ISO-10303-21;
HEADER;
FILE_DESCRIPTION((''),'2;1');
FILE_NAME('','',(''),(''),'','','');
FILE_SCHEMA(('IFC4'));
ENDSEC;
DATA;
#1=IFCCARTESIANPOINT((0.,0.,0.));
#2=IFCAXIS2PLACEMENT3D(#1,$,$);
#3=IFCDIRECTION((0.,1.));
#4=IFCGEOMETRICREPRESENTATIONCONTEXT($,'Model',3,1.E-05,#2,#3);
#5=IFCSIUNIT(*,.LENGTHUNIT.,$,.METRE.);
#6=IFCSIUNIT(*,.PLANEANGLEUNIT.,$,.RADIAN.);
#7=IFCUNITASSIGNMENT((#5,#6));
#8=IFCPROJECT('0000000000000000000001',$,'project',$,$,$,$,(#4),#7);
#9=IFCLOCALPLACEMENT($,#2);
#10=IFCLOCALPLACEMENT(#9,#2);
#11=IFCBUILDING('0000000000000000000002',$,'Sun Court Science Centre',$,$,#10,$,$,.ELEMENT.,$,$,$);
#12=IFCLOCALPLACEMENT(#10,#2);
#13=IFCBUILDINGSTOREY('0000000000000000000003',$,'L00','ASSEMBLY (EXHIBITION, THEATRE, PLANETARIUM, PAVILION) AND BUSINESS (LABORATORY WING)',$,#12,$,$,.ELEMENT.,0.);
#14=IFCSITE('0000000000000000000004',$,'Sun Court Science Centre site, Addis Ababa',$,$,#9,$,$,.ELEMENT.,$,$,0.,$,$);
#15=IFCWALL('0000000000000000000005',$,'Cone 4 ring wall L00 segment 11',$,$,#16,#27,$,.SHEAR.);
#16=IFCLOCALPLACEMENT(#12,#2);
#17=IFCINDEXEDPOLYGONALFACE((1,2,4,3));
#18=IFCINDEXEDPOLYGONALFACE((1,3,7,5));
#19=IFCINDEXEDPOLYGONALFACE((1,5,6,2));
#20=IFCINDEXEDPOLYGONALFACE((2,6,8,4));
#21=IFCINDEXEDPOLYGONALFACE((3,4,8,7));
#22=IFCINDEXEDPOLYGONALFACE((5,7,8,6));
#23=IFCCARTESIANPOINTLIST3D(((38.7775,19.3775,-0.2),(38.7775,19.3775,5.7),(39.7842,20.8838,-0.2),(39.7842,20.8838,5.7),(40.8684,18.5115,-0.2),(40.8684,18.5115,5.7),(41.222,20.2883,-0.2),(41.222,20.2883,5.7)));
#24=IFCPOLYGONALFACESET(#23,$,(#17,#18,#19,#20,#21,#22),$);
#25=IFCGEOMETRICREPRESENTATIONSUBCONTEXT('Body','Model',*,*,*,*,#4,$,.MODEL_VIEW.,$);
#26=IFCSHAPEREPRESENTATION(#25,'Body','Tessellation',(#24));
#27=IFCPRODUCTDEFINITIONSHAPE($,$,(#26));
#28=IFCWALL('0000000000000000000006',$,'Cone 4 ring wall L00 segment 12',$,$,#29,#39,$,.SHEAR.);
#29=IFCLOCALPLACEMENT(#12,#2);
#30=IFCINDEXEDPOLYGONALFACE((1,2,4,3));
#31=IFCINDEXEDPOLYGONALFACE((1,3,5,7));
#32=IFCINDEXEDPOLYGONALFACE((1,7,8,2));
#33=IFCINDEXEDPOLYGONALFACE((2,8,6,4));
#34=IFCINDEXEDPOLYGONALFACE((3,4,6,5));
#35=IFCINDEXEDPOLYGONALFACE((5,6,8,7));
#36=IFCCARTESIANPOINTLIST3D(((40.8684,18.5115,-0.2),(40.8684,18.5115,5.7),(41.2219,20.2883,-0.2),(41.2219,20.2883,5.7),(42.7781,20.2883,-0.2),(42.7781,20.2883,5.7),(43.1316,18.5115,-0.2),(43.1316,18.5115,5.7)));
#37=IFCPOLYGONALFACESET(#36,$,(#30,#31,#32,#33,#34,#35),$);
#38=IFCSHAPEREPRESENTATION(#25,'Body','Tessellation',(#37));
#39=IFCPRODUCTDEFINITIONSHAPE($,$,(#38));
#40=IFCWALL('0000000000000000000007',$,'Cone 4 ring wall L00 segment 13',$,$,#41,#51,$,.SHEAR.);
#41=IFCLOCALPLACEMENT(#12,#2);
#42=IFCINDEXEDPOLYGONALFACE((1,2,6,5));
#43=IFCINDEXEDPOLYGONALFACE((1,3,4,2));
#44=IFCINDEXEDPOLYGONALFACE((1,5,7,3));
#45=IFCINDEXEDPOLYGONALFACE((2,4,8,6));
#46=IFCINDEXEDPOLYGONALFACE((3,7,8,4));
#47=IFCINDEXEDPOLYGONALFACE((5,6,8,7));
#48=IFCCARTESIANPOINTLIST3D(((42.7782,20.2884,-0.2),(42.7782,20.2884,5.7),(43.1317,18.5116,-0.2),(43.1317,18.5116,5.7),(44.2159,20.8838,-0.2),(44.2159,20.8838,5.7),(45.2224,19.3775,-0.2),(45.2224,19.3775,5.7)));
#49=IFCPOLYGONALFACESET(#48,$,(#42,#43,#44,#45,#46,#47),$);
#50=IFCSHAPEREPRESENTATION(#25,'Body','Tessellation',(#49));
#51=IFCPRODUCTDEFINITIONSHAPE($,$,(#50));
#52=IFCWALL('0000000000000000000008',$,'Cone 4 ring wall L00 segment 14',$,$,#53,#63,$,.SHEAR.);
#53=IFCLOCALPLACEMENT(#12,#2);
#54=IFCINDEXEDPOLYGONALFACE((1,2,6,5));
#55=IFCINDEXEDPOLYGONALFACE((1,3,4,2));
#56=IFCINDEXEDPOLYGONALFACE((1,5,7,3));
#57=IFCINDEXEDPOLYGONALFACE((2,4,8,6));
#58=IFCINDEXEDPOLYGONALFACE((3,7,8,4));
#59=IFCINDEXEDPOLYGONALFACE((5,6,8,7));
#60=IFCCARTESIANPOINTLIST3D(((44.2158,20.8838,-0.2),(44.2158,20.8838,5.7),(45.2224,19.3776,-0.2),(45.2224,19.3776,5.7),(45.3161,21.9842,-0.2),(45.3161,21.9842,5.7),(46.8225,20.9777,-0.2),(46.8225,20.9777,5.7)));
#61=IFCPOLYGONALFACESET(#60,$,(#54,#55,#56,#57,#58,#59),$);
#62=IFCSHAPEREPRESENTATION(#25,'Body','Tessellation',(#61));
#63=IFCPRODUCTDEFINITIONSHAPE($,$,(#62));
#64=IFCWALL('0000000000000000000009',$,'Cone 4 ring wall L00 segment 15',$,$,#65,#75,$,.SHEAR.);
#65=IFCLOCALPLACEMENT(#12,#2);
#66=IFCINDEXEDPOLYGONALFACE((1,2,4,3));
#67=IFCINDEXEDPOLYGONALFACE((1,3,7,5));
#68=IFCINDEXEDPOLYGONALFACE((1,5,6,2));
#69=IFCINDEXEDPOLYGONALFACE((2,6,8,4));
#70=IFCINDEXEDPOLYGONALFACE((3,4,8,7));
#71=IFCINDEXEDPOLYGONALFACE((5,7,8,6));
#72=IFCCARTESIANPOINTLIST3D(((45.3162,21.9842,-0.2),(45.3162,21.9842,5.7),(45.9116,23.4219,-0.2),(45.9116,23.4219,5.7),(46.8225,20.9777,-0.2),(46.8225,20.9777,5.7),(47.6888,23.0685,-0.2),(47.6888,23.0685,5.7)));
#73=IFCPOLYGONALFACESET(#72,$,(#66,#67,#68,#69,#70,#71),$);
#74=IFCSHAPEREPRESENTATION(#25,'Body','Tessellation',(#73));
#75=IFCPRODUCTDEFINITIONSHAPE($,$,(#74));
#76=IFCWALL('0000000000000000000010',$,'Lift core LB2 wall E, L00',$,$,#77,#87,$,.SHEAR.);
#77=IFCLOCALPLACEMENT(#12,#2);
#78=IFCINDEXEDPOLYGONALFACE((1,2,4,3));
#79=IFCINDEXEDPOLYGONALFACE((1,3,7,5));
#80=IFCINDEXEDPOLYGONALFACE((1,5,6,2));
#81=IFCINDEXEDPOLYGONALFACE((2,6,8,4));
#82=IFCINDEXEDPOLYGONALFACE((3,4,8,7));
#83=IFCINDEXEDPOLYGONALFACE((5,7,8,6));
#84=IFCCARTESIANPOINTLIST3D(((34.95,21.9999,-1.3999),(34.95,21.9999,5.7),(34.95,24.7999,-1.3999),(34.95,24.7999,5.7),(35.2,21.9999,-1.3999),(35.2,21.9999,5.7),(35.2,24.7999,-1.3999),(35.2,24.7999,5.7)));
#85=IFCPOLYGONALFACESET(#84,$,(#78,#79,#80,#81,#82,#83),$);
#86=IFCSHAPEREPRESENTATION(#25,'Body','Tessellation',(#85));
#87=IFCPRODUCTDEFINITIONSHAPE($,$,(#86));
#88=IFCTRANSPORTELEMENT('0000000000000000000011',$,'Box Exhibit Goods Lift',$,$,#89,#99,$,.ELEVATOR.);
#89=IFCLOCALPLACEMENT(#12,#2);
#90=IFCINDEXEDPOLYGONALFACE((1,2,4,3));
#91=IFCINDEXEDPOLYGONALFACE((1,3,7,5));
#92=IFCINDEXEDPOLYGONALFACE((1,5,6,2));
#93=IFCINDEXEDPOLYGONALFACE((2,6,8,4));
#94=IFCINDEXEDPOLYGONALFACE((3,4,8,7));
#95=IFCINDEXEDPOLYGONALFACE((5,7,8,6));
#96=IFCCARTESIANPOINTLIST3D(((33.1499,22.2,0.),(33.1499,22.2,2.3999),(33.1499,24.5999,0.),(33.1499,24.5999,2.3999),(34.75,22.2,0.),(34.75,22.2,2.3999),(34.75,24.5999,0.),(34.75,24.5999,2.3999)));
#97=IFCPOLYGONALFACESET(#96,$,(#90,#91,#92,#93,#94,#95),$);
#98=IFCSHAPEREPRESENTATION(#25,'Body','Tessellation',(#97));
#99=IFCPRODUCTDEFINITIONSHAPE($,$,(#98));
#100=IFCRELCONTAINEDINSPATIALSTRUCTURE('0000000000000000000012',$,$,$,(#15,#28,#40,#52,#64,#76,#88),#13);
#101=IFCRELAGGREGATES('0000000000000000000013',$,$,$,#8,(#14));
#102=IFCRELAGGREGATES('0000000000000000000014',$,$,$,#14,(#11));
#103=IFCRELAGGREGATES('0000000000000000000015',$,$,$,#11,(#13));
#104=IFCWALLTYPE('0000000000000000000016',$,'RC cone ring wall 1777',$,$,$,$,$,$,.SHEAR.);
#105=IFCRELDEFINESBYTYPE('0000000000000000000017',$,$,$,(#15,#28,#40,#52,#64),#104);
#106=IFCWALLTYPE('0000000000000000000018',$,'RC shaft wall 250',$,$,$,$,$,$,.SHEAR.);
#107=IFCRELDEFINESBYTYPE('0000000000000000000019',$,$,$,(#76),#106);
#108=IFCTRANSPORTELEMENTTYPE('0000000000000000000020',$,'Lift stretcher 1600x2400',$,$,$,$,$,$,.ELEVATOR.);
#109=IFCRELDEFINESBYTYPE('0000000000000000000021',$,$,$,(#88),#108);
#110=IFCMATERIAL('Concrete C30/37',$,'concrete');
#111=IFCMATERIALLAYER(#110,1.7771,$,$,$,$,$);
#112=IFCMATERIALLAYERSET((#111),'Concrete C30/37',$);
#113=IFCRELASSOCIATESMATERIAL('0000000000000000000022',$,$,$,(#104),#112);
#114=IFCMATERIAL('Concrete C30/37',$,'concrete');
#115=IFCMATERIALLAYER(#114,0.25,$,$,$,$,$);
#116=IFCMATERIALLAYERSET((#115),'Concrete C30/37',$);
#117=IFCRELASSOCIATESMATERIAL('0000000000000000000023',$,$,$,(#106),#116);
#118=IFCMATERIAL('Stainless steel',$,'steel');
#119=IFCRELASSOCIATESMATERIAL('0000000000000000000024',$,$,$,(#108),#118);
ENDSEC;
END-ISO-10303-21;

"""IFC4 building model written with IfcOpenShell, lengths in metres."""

from ifc_helpers import new_model, si_unit, direction, frame, frame_2d, origin, origin_2d, place, context, subcontext, project, spatial, polyline, rectangle, outline, extrude, material, layer, layer_set, type_object, element, save


model = new_model("IFC4")

# Units and contexts
model_context = context("Model", 3, precision=1e-05, world=origin(), true_north=direction((0.0, 1.0)))
body_context = subcontext(model_context, "Body", "Model", "MODEL_VIEW")
ifc_project = project(units=[si_unit("LENGTHUNIT", "METRE"), si_unit("PLANEANGLEUNIT", "RADIAN")], contexts=[model_context])

# Site, building, storey
site_placement = place(None, origin())
site = spatial("IfcSite", under=ifc_project, at=site_placement, Name="Sun Court Science Centre site, Addis Ababa", CompositionType="ELEMENT", RefElevation=0.0)
building_placement = place(site_placement, origin())
building = spatial("IfcBuilding", under=site, at=building_placement, Name="Sun Court Science Centre", CompositionType="ELEMENT")
storey_placement = place(building_placement, origin())
storey = spatial("IfcBuildingStorey", under=building, at=storey_placement, Name="L00", Description="ASSEMBLY (EXHIBITION, THEATRE, PLANETARIUM, PAVILION) AND BUSINESS (LABORATORY WING)", CompositionType="ELEMENT", Elevation=0.0)

# Shared definitions
ifc_material_1 = material(Name="Concrete C30/37", Category="concrete")
ifc_layer_1 = layer(ifc_material_1, 1.7771)
ifc_layer_set_1 = layer_set([ifc_layer_1], Name="Concrete C30/37")
wall_type_1 = type_object("IfcWallType", Name="RC cone ring wall 1777", PredefinedType="SHEAR", material=ifc_layer_set_1)

# Walls
wall_1_placement = place(storey_placement, frame((39.1177, 20.1982, -0.2), z_axis=(0.0, 0.0, 1.0), x_axis=(0.923892, -0.382654, 0.0)))
element("IfcWall", 1, at=wall_1_placement, inside=storey, type_object=wall_type_1, Name="Cone 4 ring wall L00 segment 11", PredefinedType="SHEAR", context=body_context, shape_type="SweptSolid", body=[
    extrude(outline(polyline([(-0.0002, -0.8884), (2.2629, -0.8884), (1.9097, 0.8884), (0.3535, 0.8884), (-0.0002, -0.8884)])), origin(), (0.0, 0.0, 1.0), 5.8999),
])
wall_2_placement = place(storey_placement, frame((40.8684, 19.3999, -0.2), z_axis=(0.0, 0.0, 1.0), x_axis=(1.0, 0.0, 0.0)))
element("IfcWall", 2, at=wall_2_placement, inside=storey, type_object=wall_type_1, Name="Cone 4 ring wall L00 segment 12", PredefinedType="SHEAR", context=body_context, shape_type="SweptSolid", body=[
    extrude(outline(polyline([(0.0, -0.8884), (2.2632, -0.8884), (1.9097, 0.8884), (0.3535, 0.8884), (0.0, -0.8884)])), origin(), (0.0, 0.0, 1.0), 5.8999),
])
for number, where, z_axis, x_axis, name in (
    (3, (42.7915, 19.3323, -0.2), (0.0, 0.0, 1.0), (0.923892, 0.382654, 0.0), "Cone 4 ring wall L00 segment 13"),
    (4, (44.594, 20.0056, -0.2), (0.0, 0.0, 1.0), (0.707107, 0.707107, 0.0), "Cone 4 ring wall L00 segment 14"),
):
    element("IfcWall", number, at=place(storey_placement, frame(where, z_axis=z_axis, x_axis=x_axis)), inside=storey, type_object=wall_type_1, Name=name, PredefinedType="SHEAR", context=body_context, shape_type="SweptSolid", body=[
        extrude(outline(polyline([(0.0002, -0.8884), (2.2632, -0.8884), (1.9097, 0.8884), (0.3535, 0.8884), (0.0002, -0.8884)])), origin(), (0.0, 0.0, 1.0), 5.8999),
    ])
wall_3_placement = place(storey_placement, frame((46.0017, 21.3176, -0.2), z_axis=(0.0, 0.0, 1.0), x_axis=(0.382654, 0.923892, 0.0)))
element("IfcWall", 5, at=wall_3_placement, inside=storey, type_object=wall_type_1, Name="Cone 4 ring wall L00 segment 15", PredefinedType="SHEAR", context=body_context, shape_type="SweptSolid", body=[
    extrude(outline(polyline([(0.0, -0.8884), (2.2632, -0.8887), (1.9097, 0.8884), (0.3535, 0.8884), (0.0, -0.8884)])), origin(), (0.0, 0.0, 1.0), 5.8999),
])
ifc_material_2 = material(Name="Concrete C30/37", Category="concrete")
ifc_layer_2 = layer(ifc_material_2, 0.25)
ifc_layer_set_2 = layer_set([ifc_layer_2], Name="Concrete C30/37")
wall_type_2 = type_object("IfcWallType", Name="RC shaft wall 250", PredefinedType="SHEAR", material=ifc_layer_set_2)
wall_4_placement = place(storey_placement, frame((35.075, 22.0, -1.3999), z_axis=(0.0, 0.0, 1.0), x_axis=(0.0, 1.0, 0.0)))
element("IfcWall", 6, at=wall_4_placement, inside=storey, type_object=wall_type_2, Name="Lift core LB2 wall E, L00", PredefinedType="SHEAR", context=body_context, shape_type="SweptSolid", body=[
    extrude(rectangle(XDim=2.8, YDim=0.25, at=frame_2d((1.3999, 0.0))), origin(), (0.0, 0.0, 1.0), 7.0999),
])

# Transport element
ifc_material_3 = material(Name="Stainless steel", Category="steel")
transport_element_type = type_object("IfcTransportElementType", Name="Lift stretcher 1600x2400", PredefinedType="ELEVATOR", material=ifc_material_3)
transport_element_placement = place(storey_placement, frame((33.95, 23.3999, 0.0), z_axis=(0.0, 0.0, 1.0), x_axis=(1.0, 0.0, 0.0)))
element("IfcTransportElement", 7, at=transport_element_placement, inside=storey, type_object=transport_element_type, Name="Box Exhibit Goods Lift", PredefinedType="ELEVATOR", context=body_context, shape_type="SweptSolid", body=[
    extrude(rectangle(XDim=1.6001, YDim=2.3999, at=origin_2d()), origin(), (0.0, 0.0, 1.0), 2.3999),
])

save(model, "model.ifc")
